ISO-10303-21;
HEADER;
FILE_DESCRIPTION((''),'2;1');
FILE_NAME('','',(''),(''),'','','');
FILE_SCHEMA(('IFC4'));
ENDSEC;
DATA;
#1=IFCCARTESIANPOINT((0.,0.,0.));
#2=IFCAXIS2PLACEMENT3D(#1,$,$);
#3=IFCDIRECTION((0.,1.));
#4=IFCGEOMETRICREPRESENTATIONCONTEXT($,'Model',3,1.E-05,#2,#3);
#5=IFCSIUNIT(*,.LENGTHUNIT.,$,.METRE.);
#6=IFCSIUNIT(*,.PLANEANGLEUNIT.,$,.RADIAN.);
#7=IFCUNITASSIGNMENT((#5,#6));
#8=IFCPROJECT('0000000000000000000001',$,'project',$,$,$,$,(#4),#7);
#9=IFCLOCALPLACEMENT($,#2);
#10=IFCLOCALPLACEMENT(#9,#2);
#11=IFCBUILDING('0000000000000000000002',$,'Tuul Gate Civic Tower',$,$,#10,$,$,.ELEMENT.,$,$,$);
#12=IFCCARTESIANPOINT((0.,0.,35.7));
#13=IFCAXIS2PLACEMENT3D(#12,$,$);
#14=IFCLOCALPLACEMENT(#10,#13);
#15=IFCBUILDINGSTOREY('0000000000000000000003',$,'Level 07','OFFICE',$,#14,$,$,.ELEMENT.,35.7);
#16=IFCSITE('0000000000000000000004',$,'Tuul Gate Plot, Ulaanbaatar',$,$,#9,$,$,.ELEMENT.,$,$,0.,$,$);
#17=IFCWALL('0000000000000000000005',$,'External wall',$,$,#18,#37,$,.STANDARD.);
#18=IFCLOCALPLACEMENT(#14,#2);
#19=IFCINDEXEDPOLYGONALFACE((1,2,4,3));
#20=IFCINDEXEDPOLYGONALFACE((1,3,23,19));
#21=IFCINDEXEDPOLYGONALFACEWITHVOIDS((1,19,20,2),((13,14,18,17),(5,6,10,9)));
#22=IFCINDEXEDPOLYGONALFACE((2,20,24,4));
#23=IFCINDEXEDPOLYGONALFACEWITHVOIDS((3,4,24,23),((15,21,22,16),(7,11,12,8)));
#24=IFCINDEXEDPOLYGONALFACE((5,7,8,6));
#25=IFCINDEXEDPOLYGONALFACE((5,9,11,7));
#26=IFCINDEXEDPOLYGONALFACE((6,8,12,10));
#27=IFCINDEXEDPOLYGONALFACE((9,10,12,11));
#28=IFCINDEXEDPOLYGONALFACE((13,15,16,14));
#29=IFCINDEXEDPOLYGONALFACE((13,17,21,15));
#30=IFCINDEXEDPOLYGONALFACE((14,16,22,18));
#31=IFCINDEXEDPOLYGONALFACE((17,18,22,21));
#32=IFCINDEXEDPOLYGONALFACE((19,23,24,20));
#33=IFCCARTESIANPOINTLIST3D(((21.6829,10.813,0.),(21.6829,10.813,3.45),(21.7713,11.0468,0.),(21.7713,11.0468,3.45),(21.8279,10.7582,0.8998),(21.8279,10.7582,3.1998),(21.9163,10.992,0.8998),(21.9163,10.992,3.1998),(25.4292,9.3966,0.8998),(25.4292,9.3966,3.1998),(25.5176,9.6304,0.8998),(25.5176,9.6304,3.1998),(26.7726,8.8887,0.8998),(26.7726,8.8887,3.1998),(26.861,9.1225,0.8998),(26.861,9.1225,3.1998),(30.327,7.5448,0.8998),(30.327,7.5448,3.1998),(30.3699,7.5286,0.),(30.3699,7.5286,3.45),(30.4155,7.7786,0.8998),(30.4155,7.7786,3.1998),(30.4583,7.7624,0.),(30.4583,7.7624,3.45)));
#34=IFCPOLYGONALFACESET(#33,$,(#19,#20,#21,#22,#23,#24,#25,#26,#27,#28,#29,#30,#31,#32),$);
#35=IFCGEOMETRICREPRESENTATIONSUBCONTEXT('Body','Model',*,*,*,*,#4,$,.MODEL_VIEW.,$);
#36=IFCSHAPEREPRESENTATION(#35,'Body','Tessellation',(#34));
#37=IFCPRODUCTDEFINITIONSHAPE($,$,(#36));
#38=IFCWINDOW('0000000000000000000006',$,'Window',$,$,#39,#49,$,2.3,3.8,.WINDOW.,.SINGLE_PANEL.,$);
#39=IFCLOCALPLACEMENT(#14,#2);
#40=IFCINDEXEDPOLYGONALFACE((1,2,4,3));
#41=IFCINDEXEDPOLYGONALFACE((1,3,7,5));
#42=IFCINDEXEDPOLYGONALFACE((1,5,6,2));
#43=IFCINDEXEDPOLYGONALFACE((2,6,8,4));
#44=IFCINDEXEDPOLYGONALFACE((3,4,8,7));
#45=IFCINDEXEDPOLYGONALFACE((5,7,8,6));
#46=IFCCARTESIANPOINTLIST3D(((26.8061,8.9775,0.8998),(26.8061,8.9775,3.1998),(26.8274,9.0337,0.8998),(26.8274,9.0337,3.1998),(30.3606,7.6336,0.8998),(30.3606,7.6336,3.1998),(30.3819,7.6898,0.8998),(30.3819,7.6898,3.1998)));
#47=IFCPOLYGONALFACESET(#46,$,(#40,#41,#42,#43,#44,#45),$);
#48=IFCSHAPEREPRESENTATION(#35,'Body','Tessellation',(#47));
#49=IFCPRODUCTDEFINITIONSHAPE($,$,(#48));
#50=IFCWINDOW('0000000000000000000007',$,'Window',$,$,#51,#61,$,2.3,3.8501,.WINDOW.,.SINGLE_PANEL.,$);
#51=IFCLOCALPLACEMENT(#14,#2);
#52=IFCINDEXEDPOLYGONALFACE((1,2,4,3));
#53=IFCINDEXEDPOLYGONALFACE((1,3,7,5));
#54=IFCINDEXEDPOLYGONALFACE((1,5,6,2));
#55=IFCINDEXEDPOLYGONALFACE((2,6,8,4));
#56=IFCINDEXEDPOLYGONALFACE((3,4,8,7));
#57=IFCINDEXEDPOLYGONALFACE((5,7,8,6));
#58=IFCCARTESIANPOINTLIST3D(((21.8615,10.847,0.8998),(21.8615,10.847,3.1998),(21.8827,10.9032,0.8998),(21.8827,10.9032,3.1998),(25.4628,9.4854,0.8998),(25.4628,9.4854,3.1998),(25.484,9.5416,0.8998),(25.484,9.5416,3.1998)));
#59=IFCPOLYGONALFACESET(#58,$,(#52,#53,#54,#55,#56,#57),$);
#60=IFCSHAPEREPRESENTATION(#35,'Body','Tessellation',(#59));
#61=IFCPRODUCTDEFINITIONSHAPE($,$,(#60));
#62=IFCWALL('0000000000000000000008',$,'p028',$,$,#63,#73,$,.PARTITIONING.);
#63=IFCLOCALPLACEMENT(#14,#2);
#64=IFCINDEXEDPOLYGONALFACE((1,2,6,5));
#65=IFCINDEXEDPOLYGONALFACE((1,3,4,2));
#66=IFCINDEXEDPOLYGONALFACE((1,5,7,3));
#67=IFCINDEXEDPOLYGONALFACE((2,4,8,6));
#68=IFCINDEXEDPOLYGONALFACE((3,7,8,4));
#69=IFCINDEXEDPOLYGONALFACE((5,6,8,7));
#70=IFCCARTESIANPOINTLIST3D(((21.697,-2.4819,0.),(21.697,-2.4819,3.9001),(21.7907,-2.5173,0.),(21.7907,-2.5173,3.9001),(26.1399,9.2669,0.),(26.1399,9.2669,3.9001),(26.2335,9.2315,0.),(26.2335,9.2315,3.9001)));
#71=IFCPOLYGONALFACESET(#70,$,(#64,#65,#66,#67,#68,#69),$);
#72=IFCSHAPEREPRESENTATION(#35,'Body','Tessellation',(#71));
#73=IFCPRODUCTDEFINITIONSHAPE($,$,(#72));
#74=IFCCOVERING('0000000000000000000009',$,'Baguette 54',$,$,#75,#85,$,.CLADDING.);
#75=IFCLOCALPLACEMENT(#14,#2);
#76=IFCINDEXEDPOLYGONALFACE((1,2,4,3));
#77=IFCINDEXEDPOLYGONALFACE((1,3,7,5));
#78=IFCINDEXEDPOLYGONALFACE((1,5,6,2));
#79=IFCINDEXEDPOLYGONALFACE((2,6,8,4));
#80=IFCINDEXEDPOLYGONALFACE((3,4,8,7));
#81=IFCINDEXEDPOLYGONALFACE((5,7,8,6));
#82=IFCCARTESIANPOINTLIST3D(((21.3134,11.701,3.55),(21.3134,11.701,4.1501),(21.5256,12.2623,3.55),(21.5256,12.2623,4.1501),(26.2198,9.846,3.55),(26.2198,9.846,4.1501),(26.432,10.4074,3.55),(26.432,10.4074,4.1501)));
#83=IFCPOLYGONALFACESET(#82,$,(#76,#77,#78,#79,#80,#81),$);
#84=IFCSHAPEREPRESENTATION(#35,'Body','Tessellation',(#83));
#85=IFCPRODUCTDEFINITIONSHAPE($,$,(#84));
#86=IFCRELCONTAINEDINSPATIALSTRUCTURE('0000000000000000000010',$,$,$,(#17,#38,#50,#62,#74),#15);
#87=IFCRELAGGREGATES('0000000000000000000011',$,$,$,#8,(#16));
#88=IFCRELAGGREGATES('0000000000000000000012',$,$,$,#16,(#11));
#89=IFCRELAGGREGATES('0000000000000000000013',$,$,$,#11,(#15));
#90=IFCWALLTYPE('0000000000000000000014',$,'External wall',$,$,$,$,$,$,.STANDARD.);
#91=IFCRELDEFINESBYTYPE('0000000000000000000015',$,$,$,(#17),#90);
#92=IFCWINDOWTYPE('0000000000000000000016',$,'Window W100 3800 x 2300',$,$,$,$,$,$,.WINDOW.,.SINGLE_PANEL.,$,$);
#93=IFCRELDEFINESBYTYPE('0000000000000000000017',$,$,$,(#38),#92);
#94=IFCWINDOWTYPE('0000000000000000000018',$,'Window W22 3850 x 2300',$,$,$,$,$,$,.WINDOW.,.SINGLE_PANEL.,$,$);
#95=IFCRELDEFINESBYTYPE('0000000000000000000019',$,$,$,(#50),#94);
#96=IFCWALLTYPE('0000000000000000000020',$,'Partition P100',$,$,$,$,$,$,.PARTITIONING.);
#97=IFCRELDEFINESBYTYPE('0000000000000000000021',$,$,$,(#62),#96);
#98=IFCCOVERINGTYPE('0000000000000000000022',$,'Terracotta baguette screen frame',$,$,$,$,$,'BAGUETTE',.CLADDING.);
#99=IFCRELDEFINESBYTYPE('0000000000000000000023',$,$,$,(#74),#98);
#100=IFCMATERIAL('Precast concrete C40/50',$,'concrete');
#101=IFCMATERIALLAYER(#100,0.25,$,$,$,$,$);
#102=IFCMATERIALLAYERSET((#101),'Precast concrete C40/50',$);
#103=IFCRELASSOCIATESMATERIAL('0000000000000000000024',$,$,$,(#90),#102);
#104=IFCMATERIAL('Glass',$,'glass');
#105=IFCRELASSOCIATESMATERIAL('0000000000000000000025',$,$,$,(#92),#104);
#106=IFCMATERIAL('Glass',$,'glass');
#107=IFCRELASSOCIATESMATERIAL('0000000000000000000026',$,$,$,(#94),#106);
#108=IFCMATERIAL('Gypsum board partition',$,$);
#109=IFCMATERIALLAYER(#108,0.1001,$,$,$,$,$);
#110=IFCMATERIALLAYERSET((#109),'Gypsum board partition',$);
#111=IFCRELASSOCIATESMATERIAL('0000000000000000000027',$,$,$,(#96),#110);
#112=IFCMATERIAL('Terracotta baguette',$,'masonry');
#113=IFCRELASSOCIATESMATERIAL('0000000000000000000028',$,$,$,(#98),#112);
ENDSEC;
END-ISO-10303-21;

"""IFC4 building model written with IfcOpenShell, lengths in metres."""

from ifc_helpers import new_model, si_unit, direction, frame, frame_2d, origin, origin_2d, place, context, subcontext, project, spatial, rectangle, extrude, material, layer, layer_set, material_profile, profile_set, type_object, element, fill, save


model = new_model("IFC4")

# Units and contexts
model_context = context("Model", 3, precision=1e-05, world=origin(), true_north=direction((0.0, 1.0)))
body_context = subcontext(model_context, "Body", "Model", "MODEL_VIEW")
ifc_project = project(units=[si_unit("LENGTHUNIT", "METRE"), si_unit("PLANEANGLEUNIT", "RADIAN")], contexts=[model_context])

# Site, building, storey
site_placement = place(None, origin())
site = spatial("IfcSite", under=ifc_project, at=site_placement, Name="Tuul Gate Plot, Ulaanbaatar", CompositionType="ELEMENT", RefElevation=0.0)
building_placement = place(site_placement, origin())
building = spatial("IfcBuilding", under=site, at=building_placement, Name="Tuul Gate Civic Tower", CompositionType="ELEMENT")
storey_placement = place(building_placement, frame((0.0, 0.0, 35.7)))
storey = spatial("IfcBuildingStorey", under=building, at=storey_placement, Name="Level 07", Description="OFFICE", CompositionType="ELEMENT", Elevation=35.7)

# Wall, openings, windows
ifc_material_1 = material(Name="Precast concrete C40/50", Category="concrete")
ifc_layer_1 = layer(ifc_material_1, 0.25)
ifc_layer_set_1 = layer_set([ifc_layer_1], Name="Precast concrete C40/50")
wall_type_1 = type_object("IfcWallType", Name="External wall", PredefinedType="STANDARD", material=ifc_layer_set_1)
wall_1_placement = place(storey_placement, frame((30.4141, 7.6455, 0.0), z_axis=(0.0, 0.0, 1.0), x_axis=(-0.935377, 0.353652, 0.0)))
wall_1 = element("IfcWall", 1, at=wall_1_placement, inside=storey, type_object=wall_type_1, Name="External wall", PredefinedType="STANDARD", context=body_context, shape_type="SweptSolid", body=[
    extrude(rectangle(XDim=9.2871, YDim=0.25, at=frame_2d((4.6436, 0.0))), origin(), (0.0, 0.0, 1.0), 3.45),
])
opening_1_placement = place(wall_1_placement, frame((0.0459, 0.0, 0.8999)))
opening_1 = element("IfcOpeningElement", 2, at=opening_1_placement, cuts=wall_1, PredefinedType="OPENING", context=body_context, shape_type="SweptSolid", body=[
    extrude(rectangle(XDim=3.8, YDim=2.3, at=frame_2d((1.8999, 1.1499))), frame((0.0, 0.135, 0.0), z_axis=(0.0, -1.0, 0.0), x_axis=(1.0, 0.0, 0.0)), (0.0, 0.0, 1.0), 0.27),
])
opening_2_placement = place(wall_1_placement, frame((5.282, 0.0, 0.8999)))
opening_2 = element("IfcOpeningElement", 3, at=opening_2_placement, cuts=wall_1, PredefinedType="OPENING", context=body_context, shape_type="SweptSolid", body=[
    extrude(rectangle(XDim=3.8501, YDim=2.3, at=frame_2d((1.925, 1.1499))), frame((0.0, 0.135, 0.0), z_axis=(0.0, -1.0, 0.0), x_axis=(1.0, 0.0, 0.0)), (0.0, 0.0, 1.0), 0.27),
])
ifc_material_2 = material(Name="Glass", Category="glass")
window_type_1 = type_object("IfcWindowType", Name="Window W100 3800 x 2300", PartitioningType="SINGLE_PANEL", PredefinedType="WINDOW", material=ifc_material_2)
window_1_placement = place(opening_1_placement, origin())
window_1 = element("IfcWindow", 4, at=window_1_placement, inside=storey, type_object=window_type_1, Name="Window", OverallHeight=2.3, OverallWidth=3.8, PartitioningType="SINGLE_PANEL", PredefinedType="WINDOW", context=body_context, shape_type="SweptSolid", body=[
    extrude(rectangle(XDim=3.8, YDim=2.3, at=frame_2d((1.8999, 1.1499))), frame((0.0, 0.03, 0.0), z_axis=(0.0, -1.0, 0.0), x_axis=(1.0, 0.0, 0.0)), (0.0, 0.0, 1.0), 0.0601),
])
fill(opening_1, window_1)
ifc_material_3 = material(Name="Glass", Category="glass")
window_type_2 = type_object("IfcWindowType", Name="Window W22 3850 x 2300", PartitioningType="SINGLE_PANEL", PredefinedType="WINDOW", material=ifc_material_3)
window_2_placement = place(opening_2_placement, origin())
window_2 = element("IfcWindow", 5, at=window_2_placement, inside=storey, type_object=window_type_2, Name="Window", OverallHeight=2.3, OverallWidth=3.8501, PartitioningType="SINGLE_PANEL", PredefinedType="WINDOW", context=body_context, shape_type="SweptSolid", body=[
    extrude(rectangle(XDim=3.8501, YDim=2.3, at=frame_2d((1.925, 1.1499))), frame((0.0, 0.03, 0.0), z_axis=(0.0, -1.0, 0.0), x_axis=(1.0, 0.0, 0.0)), (0.0, 0.0, 1.0), 0.0601),
])
fill(opening_2, window_2)

# Wall
ifc_material_4 = material(Name="Gypsum board partition")
ifc_layer_2 = layer(ifc_material_4, 0.1001)
ifc_layer_set_2 = layer_set([ifc_layer_2], Name="Gypsum board partition")
wall_type_2 = type_object("IfcWallType", Name="Partition P100", PredefinedType="PARTITIONING", material=ifc_layer_set_2)
wall_2_placement = place(storey_placement, frame((21.7439, -2.4995, 0.0), z_axis=(0.0, 0.0, 1.0), x_axis=(0.35371, 0.935355, 0.0)))
element("IfcWall", 6, at=wall_2_placement, inside=storey, type_object=wall_type_2, Name="p028", PredefinedType="PARTITIONING", context=body_context, shape_type="SweptSolid", body=[
    extrude(rectangle(XDim=12.5608, YDim=0.1001, at=frame_2d((6.2803, 0.0))), origin(), (0.0, 0.0, 1.0), 3.9001),
])

# Covering
ifc_material_5 = material(Name="Terracotta baguette", Category="masonry")
ifc_material_profile_1 = material_profile(ifc_material_5, rectangle(XDim=0.6001, YDim=0.6001, at=origin_2d()), Name="Terracotta baguette screen frame")
ifc_profile_set_1 = profile_set([ifc_material_profile_1], Name="Terracotta baguette")
covering_type = type_object("IfcCoveringType", Name="Terracotta baguette screen frame", ElementType="BAGUETTE", PredefinedType="CLADDING", material=ifc_profile_set_1)
covering_placement = place(storey_placement, frame((26.3259, 10.1267, 3.8501), z_axis=(-0.935383, 0.353637, 0.0), x_axis=(-0.353637, -0.935383, 0.0)))
element("IfcCovering", 7, at=covering_placement, inside=storey, type_object=covering_type, Name="Baguette 54", PredefinedType="CLADDING", context=body_context, shape_type="SweptSolid", body=[
    extrude(rectangle(XDim=0.6001, YDim=0.6001, at=origin_2d()), origin(), (0.0, 0.0, 1.0), 5.2454),
])

save(model, "model.ifc")
